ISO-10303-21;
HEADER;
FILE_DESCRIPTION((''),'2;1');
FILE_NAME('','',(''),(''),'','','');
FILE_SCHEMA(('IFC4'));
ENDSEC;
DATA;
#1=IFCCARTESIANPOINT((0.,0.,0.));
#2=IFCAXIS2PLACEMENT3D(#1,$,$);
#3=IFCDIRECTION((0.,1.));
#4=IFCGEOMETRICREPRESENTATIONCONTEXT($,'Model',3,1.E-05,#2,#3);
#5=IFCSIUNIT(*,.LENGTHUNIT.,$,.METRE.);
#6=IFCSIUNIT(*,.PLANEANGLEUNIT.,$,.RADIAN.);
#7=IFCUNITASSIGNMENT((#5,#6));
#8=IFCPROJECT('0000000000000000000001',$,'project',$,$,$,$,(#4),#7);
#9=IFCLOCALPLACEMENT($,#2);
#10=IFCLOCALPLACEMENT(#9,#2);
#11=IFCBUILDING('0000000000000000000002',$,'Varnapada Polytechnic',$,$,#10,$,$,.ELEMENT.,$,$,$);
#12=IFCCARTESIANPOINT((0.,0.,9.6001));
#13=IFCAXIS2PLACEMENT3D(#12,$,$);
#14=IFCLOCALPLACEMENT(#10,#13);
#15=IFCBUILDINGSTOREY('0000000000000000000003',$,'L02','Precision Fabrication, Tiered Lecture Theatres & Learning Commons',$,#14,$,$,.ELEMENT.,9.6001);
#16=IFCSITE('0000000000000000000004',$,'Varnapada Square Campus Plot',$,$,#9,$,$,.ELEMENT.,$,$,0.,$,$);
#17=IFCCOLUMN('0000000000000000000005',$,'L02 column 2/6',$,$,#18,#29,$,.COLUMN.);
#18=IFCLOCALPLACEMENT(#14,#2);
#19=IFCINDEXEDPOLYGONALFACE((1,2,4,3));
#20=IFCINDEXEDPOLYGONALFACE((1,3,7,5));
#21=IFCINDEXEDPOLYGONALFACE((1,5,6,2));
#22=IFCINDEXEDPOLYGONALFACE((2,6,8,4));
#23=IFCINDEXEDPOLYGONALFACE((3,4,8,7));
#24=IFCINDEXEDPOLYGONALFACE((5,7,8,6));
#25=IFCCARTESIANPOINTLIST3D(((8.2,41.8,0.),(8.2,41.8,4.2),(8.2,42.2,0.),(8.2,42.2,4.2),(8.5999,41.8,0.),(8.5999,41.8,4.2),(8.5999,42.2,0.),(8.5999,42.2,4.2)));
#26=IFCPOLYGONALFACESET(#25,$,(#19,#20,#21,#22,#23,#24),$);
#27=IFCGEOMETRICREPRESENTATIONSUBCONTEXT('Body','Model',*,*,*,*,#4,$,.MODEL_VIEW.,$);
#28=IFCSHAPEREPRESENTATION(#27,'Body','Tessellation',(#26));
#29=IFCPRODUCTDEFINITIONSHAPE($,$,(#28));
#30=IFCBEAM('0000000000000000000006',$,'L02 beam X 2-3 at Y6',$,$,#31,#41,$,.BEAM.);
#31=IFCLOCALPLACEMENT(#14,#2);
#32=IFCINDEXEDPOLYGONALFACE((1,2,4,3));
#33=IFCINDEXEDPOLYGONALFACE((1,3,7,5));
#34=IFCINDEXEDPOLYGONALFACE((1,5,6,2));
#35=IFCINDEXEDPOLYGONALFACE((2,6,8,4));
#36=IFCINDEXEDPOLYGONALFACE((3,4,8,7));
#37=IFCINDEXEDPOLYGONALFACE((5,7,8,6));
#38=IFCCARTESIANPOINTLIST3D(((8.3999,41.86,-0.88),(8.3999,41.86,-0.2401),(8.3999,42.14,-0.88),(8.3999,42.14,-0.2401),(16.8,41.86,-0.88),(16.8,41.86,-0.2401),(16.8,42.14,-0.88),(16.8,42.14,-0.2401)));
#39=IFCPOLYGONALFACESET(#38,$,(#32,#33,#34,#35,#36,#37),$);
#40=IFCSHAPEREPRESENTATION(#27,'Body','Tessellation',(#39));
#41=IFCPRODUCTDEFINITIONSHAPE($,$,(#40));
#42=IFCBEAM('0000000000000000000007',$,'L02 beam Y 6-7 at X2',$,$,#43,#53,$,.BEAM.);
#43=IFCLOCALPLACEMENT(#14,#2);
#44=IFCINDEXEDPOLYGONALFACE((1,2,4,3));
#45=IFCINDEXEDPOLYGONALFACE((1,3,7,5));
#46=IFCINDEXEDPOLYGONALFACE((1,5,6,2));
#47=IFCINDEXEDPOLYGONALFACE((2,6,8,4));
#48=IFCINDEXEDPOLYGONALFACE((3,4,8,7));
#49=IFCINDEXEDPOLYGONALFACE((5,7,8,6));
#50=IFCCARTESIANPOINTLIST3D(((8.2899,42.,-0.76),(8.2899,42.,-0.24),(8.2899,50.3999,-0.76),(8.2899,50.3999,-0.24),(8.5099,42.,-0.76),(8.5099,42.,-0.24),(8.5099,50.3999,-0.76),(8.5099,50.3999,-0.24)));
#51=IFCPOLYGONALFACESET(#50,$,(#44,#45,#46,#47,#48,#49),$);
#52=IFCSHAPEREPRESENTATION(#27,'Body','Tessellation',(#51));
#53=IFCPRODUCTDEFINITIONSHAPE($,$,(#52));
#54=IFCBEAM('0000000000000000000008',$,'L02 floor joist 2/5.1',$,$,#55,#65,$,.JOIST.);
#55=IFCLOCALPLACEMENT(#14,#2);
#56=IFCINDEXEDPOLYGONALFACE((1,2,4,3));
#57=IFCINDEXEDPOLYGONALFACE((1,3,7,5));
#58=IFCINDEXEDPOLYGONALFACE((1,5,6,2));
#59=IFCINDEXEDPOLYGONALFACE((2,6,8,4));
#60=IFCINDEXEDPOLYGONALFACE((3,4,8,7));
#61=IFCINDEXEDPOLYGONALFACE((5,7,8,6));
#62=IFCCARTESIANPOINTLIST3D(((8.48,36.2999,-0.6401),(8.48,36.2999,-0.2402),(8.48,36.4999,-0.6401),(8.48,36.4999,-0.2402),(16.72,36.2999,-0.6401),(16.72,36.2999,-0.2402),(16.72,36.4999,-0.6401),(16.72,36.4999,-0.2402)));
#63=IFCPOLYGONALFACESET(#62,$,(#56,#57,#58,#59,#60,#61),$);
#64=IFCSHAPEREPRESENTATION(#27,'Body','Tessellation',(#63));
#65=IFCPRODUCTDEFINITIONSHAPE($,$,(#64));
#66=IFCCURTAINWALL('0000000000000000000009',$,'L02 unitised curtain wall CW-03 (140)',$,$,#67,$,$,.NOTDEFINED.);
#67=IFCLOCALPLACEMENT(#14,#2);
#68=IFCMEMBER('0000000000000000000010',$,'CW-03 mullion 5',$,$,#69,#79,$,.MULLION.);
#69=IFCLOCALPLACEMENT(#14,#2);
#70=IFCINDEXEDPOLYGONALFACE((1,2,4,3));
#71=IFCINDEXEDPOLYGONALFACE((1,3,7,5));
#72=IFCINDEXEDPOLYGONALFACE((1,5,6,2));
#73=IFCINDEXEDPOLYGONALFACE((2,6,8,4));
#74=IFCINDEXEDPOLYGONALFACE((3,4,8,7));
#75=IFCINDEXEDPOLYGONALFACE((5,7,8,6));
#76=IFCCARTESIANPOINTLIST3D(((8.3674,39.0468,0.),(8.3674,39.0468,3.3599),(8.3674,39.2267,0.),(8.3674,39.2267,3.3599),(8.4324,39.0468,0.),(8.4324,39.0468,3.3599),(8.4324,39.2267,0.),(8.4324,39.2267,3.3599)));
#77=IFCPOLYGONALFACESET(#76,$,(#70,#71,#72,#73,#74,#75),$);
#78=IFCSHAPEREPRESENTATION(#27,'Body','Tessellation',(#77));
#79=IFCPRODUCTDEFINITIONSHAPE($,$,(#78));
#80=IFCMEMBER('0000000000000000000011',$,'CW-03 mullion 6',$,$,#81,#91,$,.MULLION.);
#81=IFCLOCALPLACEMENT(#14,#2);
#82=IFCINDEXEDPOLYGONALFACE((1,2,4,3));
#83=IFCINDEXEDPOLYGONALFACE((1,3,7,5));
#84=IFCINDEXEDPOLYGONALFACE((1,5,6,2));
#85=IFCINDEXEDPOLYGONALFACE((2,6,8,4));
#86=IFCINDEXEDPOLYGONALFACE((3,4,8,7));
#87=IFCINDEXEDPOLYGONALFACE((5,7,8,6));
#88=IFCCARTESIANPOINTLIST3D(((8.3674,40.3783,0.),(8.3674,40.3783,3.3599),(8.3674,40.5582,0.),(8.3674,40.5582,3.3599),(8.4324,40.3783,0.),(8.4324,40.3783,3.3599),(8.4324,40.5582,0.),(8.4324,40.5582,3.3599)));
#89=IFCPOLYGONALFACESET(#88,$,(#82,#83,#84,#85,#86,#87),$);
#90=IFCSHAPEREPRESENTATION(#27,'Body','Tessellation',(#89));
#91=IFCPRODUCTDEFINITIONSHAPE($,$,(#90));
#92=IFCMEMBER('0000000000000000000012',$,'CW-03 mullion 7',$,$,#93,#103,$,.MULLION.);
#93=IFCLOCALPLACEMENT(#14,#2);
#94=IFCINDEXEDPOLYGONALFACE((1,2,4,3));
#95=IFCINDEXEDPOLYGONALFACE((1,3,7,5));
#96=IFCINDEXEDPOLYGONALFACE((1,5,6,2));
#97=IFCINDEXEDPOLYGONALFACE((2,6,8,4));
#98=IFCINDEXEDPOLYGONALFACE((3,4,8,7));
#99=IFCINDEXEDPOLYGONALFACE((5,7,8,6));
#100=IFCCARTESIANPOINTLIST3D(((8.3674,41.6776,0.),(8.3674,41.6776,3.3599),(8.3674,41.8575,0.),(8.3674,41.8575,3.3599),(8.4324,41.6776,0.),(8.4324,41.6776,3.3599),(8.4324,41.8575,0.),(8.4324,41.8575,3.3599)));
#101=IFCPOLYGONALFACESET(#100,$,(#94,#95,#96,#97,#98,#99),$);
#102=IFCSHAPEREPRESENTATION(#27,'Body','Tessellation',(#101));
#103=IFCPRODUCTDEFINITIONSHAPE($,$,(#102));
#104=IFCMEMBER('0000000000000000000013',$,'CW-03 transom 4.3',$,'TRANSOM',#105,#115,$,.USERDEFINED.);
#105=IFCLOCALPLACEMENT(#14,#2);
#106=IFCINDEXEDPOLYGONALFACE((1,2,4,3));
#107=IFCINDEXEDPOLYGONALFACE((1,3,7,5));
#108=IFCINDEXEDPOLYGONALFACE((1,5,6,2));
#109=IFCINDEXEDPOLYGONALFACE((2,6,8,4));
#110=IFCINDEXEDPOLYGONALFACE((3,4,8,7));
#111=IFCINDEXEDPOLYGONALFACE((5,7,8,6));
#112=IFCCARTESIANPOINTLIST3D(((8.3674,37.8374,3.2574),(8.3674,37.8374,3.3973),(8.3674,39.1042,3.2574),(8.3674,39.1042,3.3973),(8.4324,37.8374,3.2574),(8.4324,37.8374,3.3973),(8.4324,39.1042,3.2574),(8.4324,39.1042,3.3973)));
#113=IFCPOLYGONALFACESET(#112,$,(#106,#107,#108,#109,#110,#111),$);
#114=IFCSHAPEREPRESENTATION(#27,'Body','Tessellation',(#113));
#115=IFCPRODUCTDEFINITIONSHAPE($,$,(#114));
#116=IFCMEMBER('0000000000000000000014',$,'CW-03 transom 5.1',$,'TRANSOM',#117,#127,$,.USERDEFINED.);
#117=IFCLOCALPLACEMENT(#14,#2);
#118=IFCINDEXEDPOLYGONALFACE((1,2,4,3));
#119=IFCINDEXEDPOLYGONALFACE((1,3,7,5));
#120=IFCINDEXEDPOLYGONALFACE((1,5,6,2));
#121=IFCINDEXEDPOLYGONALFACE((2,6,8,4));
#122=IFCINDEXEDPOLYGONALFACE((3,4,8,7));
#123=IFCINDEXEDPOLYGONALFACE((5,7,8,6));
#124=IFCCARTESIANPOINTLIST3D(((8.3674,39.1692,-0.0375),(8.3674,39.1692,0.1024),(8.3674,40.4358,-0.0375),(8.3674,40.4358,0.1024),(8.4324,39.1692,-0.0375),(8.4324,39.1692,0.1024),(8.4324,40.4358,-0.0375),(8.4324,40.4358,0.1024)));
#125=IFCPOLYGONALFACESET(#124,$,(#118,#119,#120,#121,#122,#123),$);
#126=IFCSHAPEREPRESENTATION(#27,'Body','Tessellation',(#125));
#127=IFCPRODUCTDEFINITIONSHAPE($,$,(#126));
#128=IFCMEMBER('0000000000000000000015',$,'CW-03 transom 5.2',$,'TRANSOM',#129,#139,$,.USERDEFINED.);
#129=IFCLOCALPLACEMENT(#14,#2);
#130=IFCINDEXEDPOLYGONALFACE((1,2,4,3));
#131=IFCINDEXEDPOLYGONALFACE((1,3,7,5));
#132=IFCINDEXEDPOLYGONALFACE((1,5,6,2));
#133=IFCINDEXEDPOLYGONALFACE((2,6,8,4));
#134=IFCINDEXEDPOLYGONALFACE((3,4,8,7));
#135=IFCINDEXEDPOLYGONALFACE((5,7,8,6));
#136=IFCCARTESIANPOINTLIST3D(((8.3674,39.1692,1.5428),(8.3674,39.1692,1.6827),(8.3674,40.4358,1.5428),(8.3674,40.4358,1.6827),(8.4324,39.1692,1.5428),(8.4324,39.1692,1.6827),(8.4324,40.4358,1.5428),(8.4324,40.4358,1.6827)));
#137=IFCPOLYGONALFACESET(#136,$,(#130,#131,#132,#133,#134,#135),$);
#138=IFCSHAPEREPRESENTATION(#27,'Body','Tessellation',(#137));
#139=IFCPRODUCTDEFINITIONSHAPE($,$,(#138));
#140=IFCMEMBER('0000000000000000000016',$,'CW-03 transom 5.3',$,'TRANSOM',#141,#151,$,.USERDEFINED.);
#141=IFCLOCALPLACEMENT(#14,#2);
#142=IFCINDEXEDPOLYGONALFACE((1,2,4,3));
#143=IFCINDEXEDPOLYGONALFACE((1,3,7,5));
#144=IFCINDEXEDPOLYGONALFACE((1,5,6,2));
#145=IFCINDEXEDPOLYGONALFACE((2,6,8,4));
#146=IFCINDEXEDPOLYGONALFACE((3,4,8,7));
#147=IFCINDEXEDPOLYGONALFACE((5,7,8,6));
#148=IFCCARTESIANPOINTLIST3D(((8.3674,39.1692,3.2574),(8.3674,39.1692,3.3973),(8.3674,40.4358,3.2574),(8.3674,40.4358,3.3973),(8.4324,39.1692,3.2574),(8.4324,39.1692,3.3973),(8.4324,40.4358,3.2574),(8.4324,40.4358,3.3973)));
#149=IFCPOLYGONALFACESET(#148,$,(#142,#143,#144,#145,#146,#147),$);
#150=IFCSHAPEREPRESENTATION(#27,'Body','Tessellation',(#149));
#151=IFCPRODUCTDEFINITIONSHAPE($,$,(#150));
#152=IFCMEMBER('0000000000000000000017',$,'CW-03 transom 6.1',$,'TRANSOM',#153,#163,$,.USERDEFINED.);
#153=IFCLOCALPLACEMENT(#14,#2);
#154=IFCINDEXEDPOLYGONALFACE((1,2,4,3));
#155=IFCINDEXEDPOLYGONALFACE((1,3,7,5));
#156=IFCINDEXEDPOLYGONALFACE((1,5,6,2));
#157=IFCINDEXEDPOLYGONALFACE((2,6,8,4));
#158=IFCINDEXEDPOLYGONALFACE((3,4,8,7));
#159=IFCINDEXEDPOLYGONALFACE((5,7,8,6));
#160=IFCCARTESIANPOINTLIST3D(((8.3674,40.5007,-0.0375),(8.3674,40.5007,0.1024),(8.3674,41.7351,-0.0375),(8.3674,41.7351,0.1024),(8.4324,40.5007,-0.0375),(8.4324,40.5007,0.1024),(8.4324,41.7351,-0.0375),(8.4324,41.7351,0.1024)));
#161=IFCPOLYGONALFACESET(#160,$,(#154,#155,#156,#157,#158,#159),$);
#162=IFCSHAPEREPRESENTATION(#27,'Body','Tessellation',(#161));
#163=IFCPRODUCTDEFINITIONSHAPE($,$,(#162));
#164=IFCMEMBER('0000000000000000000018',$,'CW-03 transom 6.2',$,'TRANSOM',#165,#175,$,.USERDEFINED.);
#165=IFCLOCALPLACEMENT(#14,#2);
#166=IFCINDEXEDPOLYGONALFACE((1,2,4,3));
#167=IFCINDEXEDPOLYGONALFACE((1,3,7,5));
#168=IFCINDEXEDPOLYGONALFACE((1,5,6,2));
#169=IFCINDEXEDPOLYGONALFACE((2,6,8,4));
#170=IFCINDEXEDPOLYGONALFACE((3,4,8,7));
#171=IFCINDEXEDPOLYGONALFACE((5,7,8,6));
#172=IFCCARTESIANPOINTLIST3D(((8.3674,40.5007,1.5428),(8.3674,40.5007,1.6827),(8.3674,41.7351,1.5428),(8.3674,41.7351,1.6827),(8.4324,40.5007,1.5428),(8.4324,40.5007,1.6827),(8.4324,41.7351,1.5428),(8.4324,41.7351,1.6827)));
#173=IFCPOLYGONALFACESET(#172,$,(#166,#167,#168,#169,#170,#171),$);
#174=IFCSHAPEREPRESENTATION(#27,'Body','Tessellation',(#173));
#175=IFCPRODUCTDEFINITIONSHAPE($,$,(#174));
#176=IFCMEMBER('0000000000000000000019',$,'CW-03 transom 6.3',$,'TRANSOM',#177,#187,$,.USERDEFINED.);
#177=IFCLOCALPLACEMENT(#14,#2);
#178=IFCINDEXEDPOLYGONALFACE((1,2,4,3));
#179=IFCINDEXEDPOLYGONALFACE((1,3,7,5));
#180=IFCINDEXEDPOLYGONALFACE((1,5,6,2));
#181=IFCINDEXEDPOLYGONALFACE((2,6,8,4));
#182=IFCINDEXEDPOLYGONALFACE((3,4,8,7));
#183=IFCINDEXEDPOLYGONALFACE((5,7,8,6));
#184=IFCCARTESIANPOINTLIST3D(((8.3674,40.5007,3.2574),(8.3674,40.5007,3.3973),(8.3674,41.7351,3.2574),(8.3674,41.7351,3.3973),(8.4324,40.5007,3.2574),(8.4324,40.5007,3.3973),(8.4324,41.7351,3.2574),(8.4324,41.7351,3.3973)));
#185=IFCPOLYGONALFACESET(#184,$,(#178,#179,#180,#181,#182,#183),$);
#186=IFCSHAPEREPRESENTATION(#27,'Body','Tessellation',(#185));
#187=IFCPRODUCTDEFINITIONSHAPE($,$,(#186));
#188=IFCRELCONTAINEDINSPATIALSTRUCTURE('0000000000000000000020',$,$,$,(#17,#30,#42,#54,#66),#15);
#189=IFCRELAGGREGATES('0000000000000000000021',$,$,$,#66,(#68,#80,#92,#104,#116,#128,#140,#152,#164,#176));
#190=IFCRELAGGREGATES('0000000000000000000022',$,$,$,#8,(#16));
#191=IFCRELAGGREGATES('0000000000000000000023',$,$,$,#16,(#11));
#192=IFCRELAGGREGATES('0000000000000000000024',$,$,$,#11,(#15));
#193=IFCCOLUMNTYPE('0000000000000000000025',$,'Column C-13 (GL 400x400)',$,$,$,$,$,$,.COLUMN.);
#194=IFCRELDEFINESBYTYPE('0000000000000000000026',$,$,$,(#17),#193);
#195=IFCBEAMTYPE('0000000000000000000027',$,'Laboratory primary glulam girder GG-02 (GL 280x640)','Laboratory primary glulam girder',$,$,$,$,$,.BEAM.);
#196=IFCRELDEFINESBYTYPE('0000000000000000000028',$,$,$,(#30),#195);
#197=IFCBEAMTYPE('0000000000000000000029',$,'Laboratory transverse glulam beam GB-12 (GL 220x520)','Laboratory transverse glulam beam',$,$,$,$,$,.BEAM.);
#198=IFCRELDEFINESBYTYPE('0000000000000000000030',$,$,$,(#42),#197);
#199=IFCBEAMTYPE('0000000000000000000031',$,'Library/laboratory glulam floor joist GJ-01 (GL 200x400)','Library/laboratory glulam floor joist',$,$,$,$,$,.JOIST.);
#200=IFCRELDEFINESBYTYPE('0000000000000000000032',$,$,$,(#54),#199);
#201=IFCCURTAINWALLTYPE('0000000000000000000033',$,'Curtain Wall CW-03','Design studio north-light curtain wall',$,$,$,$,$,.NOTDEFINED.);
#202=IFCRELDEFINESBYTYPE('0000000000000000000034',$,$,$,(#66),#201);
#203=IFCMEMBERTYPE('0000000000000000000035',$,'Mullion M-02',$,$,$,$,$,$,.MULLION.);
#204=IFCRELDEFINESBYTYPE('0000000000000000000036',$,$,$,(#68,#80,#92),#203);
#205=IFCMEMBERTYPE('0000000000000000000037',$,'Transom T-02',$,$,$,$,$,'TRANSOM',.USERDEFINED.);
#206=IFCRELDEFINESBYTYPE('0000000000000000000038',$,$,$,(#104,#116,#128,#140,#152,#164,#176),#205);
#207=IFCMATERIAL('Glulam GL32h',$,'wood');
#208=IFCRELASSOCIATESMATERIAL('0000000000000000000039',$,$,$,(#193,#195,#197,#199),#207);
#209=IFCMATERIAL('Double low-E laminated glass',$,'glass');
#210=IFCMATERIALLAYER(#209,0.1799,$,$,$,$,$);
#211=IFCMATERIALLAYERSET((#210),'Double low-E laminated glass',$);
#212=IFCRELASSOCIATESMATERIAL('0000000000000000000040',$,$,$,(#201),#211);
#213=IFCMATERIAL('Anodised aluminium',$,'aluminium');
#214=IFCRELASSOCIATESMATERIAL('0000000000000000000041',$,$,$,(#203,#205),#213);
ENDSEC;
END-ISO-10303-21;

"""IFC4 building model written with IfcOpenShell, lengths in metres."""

from ifc_helpers import new_model, si_unit, direction, frame, origin, origin_2d, place, context, subcontext, project, spatial, rectangle, extrude, material, layer, layer_set, material_profile, profile_set, type_object, element, aggregate, save


model = new_model("IFC4")

# Units and contexts
model_context = context("Model", 3, precision=1e-05, world=origin(), true_north=direction((0.0, 1.0)))
body_context = subcontext(model_context, "Body", "Model", "MODEL_VIEW")
ifc_project = project(units=[si_unit("LENGTHUNIT", "METRE"), si_unit("PLANEANGLEUNIT", "RADIAN")], contexts=[model_context])

# Site, building, storey
site_placement = place(None, origin())
site = spatial("IfcSite", under=ifc_project, at=site_placement, Name="Varnapada Square Campus Plot", CompositionType="ELEMENT", RefElevation=0.0)
building_placement = place(site_placement, origin())
building = spatial("IfcBuilding", under=site, at=building_placement, Name="Varnapada Polytechnic", CompositionType="ELEMENT")
storey_placement = place(building_placement, frame((0.0, 0.0, 9.6001)))
storey = spatial("IfcBuildingStorey", under=building, at=storey_placement, Name="L02", Description="Precision Fabrication, Tiered Lecture Theatres & Learning Commons", CompositionType="ELEMENT", Elevation=9.6001)

# Column
ifc_material_1 = material(Name="Glulam GL32h", Category="wood")
ifc_material_profile_1 = material_profile(ifc_material_1, rectangle(XDim=0.3999, YDim=0.3999, at=origin_2d()), Name="GL 400x400")
ifc_profile_set_1 = profile_set([ifc_material_profile_1], Name="Glulam GL32h")
column_type = type_object("IfcColumnType", Name="Column C-13 (GL 400x400)", PredefinedType="COLUMN", material=ifc_profile_set_1)
column_placement = place(storey_placement, frame((8.3999, 42.0, 0.0), z_axis=(0.0, 0.0, 1.0), x_axis=(1.0, 0.0, 0.0)))
element("IfcColumn", 1, at=column_placement, inside=storey, type_object=column_type, Name="L02 column 2/6", PredefinedType="COLUMN", context=body_context, shape_type="SweptSolid", body=[
    extrude(rectangle(XDim=0.3999, YDim=0.3999, at=origin_2d()), origin(), (0.0, 0.0, 1.0), 4.2),
])

# Beams
ifc_material_profile_2 = material_profile(ifc_material_1, rectangle(XDim=0.28, YDim=0.6399, at=origin_2d()), Name="GL 280x640")
ifc_profile_set_2 = profile_set([ifc_material_profile_2], Name="Glulam GL32h")
beam_type_1 = type_object("IfcBeamType", Name="Laboratory primary glulam girder GG-02 (GL 280x640)", Description="Laboratory primary glulam girder", PredefinedType="BEAM", material=ifc_profile_set_2)
beam_1_placement = place(storey_placement, frame((8.3999, 42.0, -0.5601), z_axis=(1.0, 0.0, 0.0), x_axis=(0.0, 1.0, 0.0)))
element("IfcBeam", 2, at=beam_1_placement, inside=storey, type_object=beam_type_1, Name="L02 beam X 2-3 at Y6", PredefinedType="BEAM", context=body_context, shape_type="SweptSolid", body=[
    extrude(rectangle(XDim=0.28, YDim=0.6399, at=origin_2d()), origin(), (0.0, 0.0, 1.0), 8.4001),
])
ifc_material_profile_3 = material_profile(ifc_material_1, rectangle(XDim=0.22, YDim=0.52, at=origin_2d()), Name="GL 220x520")
ifc_profile_set_3 = profile_set([ifc_material_profile_3], Name="Glulam GL32h")
beam_type_2 = type_object("IfcBeamType", Name="Laboratory transverse glulam beam GB-12 (GL 220x520)", Description="Laboratory transverse glulam beam", PredefinedType="BEAM", material=ifc_profile_set_3)
beam_2_placement = place(storey_placement, frame((8.3999, 42.0, -0.5), z_axis=(0.0, 1.0, 0.0), x_axis=(-1.0, 0.0, 0.0)))
element("IfcBeam", 3, at=beam_2_placement, inside=storey, type_object=beam_type_2, Name="L02 beam Y 6-7 at X2", PredefinedType="BEAM", context=body_context, shape_type="SweptSolid", body=[
    extrude(rectangle(XDim=0.22, YDim=0.52, at=origin_2d()), origin(), (0.0, 0.0, 1.0), 8.3999),
])
ifc_material_profile_4 = material_profile(ifc_material_1, rectangle(XDim=0.2, YDim=0.3999, at=origin_2d()), Name="GL 200x400")
ifc_profile_set_4 = profile_set([ifc_material_profile_4], Name="Glulam GL32h")
beam_type_3 = type_object("IfcBeamType", Name="Library/laboratory glulam floor joist GJ-01 (GL 200x400)", Description="Library/laboratory glulam floor joist", PredefinedType="JOIST", material=ifc_profile_set_4)
beam_3_placement = place(storey_placement, frame((8.48, 36.3999, -0.4402), z_axis=(1.0, 0.0, 0.0), x_axis=(0.0, 1.0, 0.0)))
element("IfcBeam", 4, at=beam_3_placement, inside=storey, type_object=beam_type_3, Name="L02 floor joist 2/5.1", PredefinedType="JOIST", context=body_context, shape_type="SweptSolid", body=[
    extrude(rectangle(XDim=0.2, YDim=0.3999, at=origin_2d()), origin(), (0.0, 0.0, 1.0), 8.24),
])

# Curtain wall, members
ifc_material_2 = material(Name="Double low-E laminated glass", Category="glass")
ifc_layer_1 = layer(ifc_material_2, 0.1799)
ifc_layer_set_1 = layer_set([ifc_layer_1], Name="Double low-E laminated glass")
curtain_wall_type = type_object("IfcCurtainWallType", Name="Curtain Wall CW-03", Description="Design studio north-light curtain wall", PredefinedType="NOTDEFINED", material=ifc_layer_set_1)
curtain_wall_placement = place(storey_placement, origin())
curtain_wall = element("IfcCurtainWall", 5, at=curtain_wall_placement, inside=storey, type_object=curtain_wall_type, Name="L02 unitised curtain wall CW-03 (140)", PredefinedType="NOTDEFINED")
ifc_material_3 = material(Name="Anodised aluminium", Category="aluminium")
ifc_material_profile_5 = material_profile(ifc_material_3, rectangle(XDim=0.0649, YDim=0.1799, at=origin_2d()), Name="ALU M65x180")
ifc_profile_set_5 = profile_set([ifc_material_profile_5], Name="Anodised aluminium")
member_type_1 = type_object("IfcMemberType", Name="Mullion M-02", PredefinedType="MULLION", material=ifc_profile_set_5)
member_1_placement = place(storey_placement, frame((8.3999, 39.1367, 0.0), z_axis=(0.0, 0.0, 1.0), x_axis=(-1.0, 0.0, 0.0)))
member_1 = element("IfcMember", 6, at=member_1_placement, type_object=member_type_1, Name="CW-03 mullion 5", PredefinedType="MULLION", context=body_context, shape_type="SweptSolid", body=[
    extrude(rectangle(XDim=0.0649, YDim=0.1799, at=origin_2d()), origin(), (0.0, 0.0, 1.0), 3.3599),
])
member_2_placement = place(storey_placement, frame((8.3999, 40.4683, 0.0), z_axis=(0.0, 0.0, 1.0), x_axis=(-1.0, 0.0, 0.0)))
member_2 = element("IfcMember", 7, at=member_2_placement, type_object=member_type_1, Name="CW-03 mullion 6", PredefinedType="MULLION", context=body_context, shape_type="SweptSolid", body=[
    extrude(rectangle(XDim=0.0649, YDim=0.1799, at=origin_2d()), origin(), (0.0, 0.0, 1.0), 3.3599),
])
member_3_placement = place(storey_placement, frame((8.3999, 41.7676, 0.0), z_axis=(0.0, 0.0, 1.0), x_axis=(-1.0, 0.0, 0.0)))
member_3 = element("IfcMember", 8, at=member_3_placement, type_object=member_type_1, Name="CW-03 mullion 7", PredefinedType="MULLION", context=body_context, shape_type="SweptSolid", body=[
    extrude(rectangle(XDim=0.0649, YDim=0.1799, at=origin_2d()), origin(), (0.0, 0.0, 1.0), 3.3599),
])
ifc_material_profile_6 = material_profile(ifc_material_3, rectangle(XDim=0.0649, YDim=0.1399, at=origin_2d()), Name="ALU T65x140")
ifc_profile_set_6 = profile_set([ifc_material_profile_6], Name="Anodised aluminium")
member_type_2 = type_object("IfcMemberType", Name="Transom T-02", ElementType="TRANSOM", PredefinedType="USERDEFINED", material=ifc_profile_set_6)
member_4_placement = place(storey_placement, frame((8.3999, 37.8374, 3.3274), z_axis=(0.0, 1.0, 0.0), x_axis=(-1.0, 0.0, 0.0)))
member_4 = element("IfcMember", 9, at=member_4_placement, type_object=member_type_2, Name="CW-03 transom 4.3", ObjectType="TRANSOM", PredefinedType="USERDEFINED", context=body_context, shape_type="SweptSolid", body=[
    extrude(rectangle(XDim=0.0649, YDim=0.1399, at=origin_2d()), origin(), (0.0, 0.0, 1.0), 1.2668),
])
member_5_placement = place(storey_placement, frame((8.3999, 39.1692, 0.0325), z_axis=(0.0, 1.0, 0.0), x_axis=(-1.0, 0.0, 0.0)))
member_5 = element("IfcMember", 10, at=member_5_placement, type_object=member_type_2, Name="CW-03 transom 5.1", ObjectType="TRANSOM", PredefinedType="USERDEFINED", context=body_context, shape_type="SweptSolid", body=[
    extrude(rectangle(XDim=0.0649, YDim=0.1399, at=origin_2d()), origin(), (0.0, 0.0, 1.0), 1.2666),
])
member_6_placement = place(storey_placement, frame((8.3999, 39.1692, 1.6128), z_axis=(0.0, 1.0, 0.0), x_axis=(-1.0, 0.0, 0.0)))
member_6 = element("IfcMember", 11, at=member_6_placement, type_object=member_type_2, Name="CW-03 transom 5.2", ObjectType="TRANSOM", PredefinedType="USERDEFINED", context=body_context, shape_type="SweptSolid", body=[
    extrude(rectangle(XDim=0.0649, YDim=0.1399, at=origin_2d()), origin(), (0.0, 0.0, 1.0), 1.2666),
])
member_7_placement = place(storey_placement, frame((8.3999, 39.1692, 3.3274), z_axis=(0.0, 1.0, 0.0), x_axis=(-1.0, 0.0, 0.0)))
member_7 = element("IfcMember", 12, at=member_7_placement, type_object=member_type_2, Name="CW-03 transom 5.3", ObjectType="TRANSOM", PredefinedType="USERDEFINED", context=body_context, shape_type="SweptSolid", body=[
    extrude(rectangle(XDim=0.0649, YDim=0.1399, at=origin_2d()), origin(), (0.0, 0.0, 1.0), 1.2666),
])
member_8_placement = place(storey_placement, frame((8.3999, 40.5007, 0.0325), z_axis=(0.0, 1.0, 0.0), x_axis=(-1.0, 0.0, 0.0)))
member_8 = element("IfcMember", 13, at=member_8_placement, type_object=member_type_2, Name="CW-03 transom 6.1", ObjectType="TRANSOM", PredefinedType="USERDEFINED", context=body_context, shape_type="SweptSolid", body=[
    extrude(rectangle(XDim=0.0649, YDim=0.1399, at=origin_2d()), origin(), (0.0, 0.0, 1.0), 1.2344),
])
member_9_placement = place(storey_placement, frame((8.3999, 40.5007, 1.6128), z_axis=(0.0, 1.0, 0.0), x_axis=(-1.0, 0.0, 0.0)))
member_9 = element("IfcMember", 14, at=member_9_placement, type_object=member_type_2, Name="CW-03 transom 6.2", ObjectType="TRANSOM", PredefinedType="USERDEFINED", context=body_context, shape_type="SweptSolid", body=[
    extrude(rectangle(XDim=0.0649, YDim=0.1399, at=origin_2d()), origin(), (0.0, 0.0, 1.0), 1.2344),
])
member_10_placement = place(storey_placement, frame((8.3999, 40.5007, 3.3274), z_axis=(0.0, 1.0, 0.0), x_axis=(-1.0, 0.0, 0.0)))
member_10 = element("IfcMember", 15, at=member_10_placement, type_object=member_type_2, Name="CW-03 transom 6.3", ObjectType="TRANSOM", PredefinedType="USERDEFINED", context=body_context, shape_type="SweptSolid", body=[
    extrude(rectangle(XDim=0.0649, YDim=0.1399, at=origin_2d()), origin(), (0.0, 0.0, 1.0), 1.2344),
])
aggregate(curtain_wall, [member_1, member_2, member_3, member_4, member_5, member_6, member_7, member_8, member_9, member_10])

save(model, "model.ifc")
